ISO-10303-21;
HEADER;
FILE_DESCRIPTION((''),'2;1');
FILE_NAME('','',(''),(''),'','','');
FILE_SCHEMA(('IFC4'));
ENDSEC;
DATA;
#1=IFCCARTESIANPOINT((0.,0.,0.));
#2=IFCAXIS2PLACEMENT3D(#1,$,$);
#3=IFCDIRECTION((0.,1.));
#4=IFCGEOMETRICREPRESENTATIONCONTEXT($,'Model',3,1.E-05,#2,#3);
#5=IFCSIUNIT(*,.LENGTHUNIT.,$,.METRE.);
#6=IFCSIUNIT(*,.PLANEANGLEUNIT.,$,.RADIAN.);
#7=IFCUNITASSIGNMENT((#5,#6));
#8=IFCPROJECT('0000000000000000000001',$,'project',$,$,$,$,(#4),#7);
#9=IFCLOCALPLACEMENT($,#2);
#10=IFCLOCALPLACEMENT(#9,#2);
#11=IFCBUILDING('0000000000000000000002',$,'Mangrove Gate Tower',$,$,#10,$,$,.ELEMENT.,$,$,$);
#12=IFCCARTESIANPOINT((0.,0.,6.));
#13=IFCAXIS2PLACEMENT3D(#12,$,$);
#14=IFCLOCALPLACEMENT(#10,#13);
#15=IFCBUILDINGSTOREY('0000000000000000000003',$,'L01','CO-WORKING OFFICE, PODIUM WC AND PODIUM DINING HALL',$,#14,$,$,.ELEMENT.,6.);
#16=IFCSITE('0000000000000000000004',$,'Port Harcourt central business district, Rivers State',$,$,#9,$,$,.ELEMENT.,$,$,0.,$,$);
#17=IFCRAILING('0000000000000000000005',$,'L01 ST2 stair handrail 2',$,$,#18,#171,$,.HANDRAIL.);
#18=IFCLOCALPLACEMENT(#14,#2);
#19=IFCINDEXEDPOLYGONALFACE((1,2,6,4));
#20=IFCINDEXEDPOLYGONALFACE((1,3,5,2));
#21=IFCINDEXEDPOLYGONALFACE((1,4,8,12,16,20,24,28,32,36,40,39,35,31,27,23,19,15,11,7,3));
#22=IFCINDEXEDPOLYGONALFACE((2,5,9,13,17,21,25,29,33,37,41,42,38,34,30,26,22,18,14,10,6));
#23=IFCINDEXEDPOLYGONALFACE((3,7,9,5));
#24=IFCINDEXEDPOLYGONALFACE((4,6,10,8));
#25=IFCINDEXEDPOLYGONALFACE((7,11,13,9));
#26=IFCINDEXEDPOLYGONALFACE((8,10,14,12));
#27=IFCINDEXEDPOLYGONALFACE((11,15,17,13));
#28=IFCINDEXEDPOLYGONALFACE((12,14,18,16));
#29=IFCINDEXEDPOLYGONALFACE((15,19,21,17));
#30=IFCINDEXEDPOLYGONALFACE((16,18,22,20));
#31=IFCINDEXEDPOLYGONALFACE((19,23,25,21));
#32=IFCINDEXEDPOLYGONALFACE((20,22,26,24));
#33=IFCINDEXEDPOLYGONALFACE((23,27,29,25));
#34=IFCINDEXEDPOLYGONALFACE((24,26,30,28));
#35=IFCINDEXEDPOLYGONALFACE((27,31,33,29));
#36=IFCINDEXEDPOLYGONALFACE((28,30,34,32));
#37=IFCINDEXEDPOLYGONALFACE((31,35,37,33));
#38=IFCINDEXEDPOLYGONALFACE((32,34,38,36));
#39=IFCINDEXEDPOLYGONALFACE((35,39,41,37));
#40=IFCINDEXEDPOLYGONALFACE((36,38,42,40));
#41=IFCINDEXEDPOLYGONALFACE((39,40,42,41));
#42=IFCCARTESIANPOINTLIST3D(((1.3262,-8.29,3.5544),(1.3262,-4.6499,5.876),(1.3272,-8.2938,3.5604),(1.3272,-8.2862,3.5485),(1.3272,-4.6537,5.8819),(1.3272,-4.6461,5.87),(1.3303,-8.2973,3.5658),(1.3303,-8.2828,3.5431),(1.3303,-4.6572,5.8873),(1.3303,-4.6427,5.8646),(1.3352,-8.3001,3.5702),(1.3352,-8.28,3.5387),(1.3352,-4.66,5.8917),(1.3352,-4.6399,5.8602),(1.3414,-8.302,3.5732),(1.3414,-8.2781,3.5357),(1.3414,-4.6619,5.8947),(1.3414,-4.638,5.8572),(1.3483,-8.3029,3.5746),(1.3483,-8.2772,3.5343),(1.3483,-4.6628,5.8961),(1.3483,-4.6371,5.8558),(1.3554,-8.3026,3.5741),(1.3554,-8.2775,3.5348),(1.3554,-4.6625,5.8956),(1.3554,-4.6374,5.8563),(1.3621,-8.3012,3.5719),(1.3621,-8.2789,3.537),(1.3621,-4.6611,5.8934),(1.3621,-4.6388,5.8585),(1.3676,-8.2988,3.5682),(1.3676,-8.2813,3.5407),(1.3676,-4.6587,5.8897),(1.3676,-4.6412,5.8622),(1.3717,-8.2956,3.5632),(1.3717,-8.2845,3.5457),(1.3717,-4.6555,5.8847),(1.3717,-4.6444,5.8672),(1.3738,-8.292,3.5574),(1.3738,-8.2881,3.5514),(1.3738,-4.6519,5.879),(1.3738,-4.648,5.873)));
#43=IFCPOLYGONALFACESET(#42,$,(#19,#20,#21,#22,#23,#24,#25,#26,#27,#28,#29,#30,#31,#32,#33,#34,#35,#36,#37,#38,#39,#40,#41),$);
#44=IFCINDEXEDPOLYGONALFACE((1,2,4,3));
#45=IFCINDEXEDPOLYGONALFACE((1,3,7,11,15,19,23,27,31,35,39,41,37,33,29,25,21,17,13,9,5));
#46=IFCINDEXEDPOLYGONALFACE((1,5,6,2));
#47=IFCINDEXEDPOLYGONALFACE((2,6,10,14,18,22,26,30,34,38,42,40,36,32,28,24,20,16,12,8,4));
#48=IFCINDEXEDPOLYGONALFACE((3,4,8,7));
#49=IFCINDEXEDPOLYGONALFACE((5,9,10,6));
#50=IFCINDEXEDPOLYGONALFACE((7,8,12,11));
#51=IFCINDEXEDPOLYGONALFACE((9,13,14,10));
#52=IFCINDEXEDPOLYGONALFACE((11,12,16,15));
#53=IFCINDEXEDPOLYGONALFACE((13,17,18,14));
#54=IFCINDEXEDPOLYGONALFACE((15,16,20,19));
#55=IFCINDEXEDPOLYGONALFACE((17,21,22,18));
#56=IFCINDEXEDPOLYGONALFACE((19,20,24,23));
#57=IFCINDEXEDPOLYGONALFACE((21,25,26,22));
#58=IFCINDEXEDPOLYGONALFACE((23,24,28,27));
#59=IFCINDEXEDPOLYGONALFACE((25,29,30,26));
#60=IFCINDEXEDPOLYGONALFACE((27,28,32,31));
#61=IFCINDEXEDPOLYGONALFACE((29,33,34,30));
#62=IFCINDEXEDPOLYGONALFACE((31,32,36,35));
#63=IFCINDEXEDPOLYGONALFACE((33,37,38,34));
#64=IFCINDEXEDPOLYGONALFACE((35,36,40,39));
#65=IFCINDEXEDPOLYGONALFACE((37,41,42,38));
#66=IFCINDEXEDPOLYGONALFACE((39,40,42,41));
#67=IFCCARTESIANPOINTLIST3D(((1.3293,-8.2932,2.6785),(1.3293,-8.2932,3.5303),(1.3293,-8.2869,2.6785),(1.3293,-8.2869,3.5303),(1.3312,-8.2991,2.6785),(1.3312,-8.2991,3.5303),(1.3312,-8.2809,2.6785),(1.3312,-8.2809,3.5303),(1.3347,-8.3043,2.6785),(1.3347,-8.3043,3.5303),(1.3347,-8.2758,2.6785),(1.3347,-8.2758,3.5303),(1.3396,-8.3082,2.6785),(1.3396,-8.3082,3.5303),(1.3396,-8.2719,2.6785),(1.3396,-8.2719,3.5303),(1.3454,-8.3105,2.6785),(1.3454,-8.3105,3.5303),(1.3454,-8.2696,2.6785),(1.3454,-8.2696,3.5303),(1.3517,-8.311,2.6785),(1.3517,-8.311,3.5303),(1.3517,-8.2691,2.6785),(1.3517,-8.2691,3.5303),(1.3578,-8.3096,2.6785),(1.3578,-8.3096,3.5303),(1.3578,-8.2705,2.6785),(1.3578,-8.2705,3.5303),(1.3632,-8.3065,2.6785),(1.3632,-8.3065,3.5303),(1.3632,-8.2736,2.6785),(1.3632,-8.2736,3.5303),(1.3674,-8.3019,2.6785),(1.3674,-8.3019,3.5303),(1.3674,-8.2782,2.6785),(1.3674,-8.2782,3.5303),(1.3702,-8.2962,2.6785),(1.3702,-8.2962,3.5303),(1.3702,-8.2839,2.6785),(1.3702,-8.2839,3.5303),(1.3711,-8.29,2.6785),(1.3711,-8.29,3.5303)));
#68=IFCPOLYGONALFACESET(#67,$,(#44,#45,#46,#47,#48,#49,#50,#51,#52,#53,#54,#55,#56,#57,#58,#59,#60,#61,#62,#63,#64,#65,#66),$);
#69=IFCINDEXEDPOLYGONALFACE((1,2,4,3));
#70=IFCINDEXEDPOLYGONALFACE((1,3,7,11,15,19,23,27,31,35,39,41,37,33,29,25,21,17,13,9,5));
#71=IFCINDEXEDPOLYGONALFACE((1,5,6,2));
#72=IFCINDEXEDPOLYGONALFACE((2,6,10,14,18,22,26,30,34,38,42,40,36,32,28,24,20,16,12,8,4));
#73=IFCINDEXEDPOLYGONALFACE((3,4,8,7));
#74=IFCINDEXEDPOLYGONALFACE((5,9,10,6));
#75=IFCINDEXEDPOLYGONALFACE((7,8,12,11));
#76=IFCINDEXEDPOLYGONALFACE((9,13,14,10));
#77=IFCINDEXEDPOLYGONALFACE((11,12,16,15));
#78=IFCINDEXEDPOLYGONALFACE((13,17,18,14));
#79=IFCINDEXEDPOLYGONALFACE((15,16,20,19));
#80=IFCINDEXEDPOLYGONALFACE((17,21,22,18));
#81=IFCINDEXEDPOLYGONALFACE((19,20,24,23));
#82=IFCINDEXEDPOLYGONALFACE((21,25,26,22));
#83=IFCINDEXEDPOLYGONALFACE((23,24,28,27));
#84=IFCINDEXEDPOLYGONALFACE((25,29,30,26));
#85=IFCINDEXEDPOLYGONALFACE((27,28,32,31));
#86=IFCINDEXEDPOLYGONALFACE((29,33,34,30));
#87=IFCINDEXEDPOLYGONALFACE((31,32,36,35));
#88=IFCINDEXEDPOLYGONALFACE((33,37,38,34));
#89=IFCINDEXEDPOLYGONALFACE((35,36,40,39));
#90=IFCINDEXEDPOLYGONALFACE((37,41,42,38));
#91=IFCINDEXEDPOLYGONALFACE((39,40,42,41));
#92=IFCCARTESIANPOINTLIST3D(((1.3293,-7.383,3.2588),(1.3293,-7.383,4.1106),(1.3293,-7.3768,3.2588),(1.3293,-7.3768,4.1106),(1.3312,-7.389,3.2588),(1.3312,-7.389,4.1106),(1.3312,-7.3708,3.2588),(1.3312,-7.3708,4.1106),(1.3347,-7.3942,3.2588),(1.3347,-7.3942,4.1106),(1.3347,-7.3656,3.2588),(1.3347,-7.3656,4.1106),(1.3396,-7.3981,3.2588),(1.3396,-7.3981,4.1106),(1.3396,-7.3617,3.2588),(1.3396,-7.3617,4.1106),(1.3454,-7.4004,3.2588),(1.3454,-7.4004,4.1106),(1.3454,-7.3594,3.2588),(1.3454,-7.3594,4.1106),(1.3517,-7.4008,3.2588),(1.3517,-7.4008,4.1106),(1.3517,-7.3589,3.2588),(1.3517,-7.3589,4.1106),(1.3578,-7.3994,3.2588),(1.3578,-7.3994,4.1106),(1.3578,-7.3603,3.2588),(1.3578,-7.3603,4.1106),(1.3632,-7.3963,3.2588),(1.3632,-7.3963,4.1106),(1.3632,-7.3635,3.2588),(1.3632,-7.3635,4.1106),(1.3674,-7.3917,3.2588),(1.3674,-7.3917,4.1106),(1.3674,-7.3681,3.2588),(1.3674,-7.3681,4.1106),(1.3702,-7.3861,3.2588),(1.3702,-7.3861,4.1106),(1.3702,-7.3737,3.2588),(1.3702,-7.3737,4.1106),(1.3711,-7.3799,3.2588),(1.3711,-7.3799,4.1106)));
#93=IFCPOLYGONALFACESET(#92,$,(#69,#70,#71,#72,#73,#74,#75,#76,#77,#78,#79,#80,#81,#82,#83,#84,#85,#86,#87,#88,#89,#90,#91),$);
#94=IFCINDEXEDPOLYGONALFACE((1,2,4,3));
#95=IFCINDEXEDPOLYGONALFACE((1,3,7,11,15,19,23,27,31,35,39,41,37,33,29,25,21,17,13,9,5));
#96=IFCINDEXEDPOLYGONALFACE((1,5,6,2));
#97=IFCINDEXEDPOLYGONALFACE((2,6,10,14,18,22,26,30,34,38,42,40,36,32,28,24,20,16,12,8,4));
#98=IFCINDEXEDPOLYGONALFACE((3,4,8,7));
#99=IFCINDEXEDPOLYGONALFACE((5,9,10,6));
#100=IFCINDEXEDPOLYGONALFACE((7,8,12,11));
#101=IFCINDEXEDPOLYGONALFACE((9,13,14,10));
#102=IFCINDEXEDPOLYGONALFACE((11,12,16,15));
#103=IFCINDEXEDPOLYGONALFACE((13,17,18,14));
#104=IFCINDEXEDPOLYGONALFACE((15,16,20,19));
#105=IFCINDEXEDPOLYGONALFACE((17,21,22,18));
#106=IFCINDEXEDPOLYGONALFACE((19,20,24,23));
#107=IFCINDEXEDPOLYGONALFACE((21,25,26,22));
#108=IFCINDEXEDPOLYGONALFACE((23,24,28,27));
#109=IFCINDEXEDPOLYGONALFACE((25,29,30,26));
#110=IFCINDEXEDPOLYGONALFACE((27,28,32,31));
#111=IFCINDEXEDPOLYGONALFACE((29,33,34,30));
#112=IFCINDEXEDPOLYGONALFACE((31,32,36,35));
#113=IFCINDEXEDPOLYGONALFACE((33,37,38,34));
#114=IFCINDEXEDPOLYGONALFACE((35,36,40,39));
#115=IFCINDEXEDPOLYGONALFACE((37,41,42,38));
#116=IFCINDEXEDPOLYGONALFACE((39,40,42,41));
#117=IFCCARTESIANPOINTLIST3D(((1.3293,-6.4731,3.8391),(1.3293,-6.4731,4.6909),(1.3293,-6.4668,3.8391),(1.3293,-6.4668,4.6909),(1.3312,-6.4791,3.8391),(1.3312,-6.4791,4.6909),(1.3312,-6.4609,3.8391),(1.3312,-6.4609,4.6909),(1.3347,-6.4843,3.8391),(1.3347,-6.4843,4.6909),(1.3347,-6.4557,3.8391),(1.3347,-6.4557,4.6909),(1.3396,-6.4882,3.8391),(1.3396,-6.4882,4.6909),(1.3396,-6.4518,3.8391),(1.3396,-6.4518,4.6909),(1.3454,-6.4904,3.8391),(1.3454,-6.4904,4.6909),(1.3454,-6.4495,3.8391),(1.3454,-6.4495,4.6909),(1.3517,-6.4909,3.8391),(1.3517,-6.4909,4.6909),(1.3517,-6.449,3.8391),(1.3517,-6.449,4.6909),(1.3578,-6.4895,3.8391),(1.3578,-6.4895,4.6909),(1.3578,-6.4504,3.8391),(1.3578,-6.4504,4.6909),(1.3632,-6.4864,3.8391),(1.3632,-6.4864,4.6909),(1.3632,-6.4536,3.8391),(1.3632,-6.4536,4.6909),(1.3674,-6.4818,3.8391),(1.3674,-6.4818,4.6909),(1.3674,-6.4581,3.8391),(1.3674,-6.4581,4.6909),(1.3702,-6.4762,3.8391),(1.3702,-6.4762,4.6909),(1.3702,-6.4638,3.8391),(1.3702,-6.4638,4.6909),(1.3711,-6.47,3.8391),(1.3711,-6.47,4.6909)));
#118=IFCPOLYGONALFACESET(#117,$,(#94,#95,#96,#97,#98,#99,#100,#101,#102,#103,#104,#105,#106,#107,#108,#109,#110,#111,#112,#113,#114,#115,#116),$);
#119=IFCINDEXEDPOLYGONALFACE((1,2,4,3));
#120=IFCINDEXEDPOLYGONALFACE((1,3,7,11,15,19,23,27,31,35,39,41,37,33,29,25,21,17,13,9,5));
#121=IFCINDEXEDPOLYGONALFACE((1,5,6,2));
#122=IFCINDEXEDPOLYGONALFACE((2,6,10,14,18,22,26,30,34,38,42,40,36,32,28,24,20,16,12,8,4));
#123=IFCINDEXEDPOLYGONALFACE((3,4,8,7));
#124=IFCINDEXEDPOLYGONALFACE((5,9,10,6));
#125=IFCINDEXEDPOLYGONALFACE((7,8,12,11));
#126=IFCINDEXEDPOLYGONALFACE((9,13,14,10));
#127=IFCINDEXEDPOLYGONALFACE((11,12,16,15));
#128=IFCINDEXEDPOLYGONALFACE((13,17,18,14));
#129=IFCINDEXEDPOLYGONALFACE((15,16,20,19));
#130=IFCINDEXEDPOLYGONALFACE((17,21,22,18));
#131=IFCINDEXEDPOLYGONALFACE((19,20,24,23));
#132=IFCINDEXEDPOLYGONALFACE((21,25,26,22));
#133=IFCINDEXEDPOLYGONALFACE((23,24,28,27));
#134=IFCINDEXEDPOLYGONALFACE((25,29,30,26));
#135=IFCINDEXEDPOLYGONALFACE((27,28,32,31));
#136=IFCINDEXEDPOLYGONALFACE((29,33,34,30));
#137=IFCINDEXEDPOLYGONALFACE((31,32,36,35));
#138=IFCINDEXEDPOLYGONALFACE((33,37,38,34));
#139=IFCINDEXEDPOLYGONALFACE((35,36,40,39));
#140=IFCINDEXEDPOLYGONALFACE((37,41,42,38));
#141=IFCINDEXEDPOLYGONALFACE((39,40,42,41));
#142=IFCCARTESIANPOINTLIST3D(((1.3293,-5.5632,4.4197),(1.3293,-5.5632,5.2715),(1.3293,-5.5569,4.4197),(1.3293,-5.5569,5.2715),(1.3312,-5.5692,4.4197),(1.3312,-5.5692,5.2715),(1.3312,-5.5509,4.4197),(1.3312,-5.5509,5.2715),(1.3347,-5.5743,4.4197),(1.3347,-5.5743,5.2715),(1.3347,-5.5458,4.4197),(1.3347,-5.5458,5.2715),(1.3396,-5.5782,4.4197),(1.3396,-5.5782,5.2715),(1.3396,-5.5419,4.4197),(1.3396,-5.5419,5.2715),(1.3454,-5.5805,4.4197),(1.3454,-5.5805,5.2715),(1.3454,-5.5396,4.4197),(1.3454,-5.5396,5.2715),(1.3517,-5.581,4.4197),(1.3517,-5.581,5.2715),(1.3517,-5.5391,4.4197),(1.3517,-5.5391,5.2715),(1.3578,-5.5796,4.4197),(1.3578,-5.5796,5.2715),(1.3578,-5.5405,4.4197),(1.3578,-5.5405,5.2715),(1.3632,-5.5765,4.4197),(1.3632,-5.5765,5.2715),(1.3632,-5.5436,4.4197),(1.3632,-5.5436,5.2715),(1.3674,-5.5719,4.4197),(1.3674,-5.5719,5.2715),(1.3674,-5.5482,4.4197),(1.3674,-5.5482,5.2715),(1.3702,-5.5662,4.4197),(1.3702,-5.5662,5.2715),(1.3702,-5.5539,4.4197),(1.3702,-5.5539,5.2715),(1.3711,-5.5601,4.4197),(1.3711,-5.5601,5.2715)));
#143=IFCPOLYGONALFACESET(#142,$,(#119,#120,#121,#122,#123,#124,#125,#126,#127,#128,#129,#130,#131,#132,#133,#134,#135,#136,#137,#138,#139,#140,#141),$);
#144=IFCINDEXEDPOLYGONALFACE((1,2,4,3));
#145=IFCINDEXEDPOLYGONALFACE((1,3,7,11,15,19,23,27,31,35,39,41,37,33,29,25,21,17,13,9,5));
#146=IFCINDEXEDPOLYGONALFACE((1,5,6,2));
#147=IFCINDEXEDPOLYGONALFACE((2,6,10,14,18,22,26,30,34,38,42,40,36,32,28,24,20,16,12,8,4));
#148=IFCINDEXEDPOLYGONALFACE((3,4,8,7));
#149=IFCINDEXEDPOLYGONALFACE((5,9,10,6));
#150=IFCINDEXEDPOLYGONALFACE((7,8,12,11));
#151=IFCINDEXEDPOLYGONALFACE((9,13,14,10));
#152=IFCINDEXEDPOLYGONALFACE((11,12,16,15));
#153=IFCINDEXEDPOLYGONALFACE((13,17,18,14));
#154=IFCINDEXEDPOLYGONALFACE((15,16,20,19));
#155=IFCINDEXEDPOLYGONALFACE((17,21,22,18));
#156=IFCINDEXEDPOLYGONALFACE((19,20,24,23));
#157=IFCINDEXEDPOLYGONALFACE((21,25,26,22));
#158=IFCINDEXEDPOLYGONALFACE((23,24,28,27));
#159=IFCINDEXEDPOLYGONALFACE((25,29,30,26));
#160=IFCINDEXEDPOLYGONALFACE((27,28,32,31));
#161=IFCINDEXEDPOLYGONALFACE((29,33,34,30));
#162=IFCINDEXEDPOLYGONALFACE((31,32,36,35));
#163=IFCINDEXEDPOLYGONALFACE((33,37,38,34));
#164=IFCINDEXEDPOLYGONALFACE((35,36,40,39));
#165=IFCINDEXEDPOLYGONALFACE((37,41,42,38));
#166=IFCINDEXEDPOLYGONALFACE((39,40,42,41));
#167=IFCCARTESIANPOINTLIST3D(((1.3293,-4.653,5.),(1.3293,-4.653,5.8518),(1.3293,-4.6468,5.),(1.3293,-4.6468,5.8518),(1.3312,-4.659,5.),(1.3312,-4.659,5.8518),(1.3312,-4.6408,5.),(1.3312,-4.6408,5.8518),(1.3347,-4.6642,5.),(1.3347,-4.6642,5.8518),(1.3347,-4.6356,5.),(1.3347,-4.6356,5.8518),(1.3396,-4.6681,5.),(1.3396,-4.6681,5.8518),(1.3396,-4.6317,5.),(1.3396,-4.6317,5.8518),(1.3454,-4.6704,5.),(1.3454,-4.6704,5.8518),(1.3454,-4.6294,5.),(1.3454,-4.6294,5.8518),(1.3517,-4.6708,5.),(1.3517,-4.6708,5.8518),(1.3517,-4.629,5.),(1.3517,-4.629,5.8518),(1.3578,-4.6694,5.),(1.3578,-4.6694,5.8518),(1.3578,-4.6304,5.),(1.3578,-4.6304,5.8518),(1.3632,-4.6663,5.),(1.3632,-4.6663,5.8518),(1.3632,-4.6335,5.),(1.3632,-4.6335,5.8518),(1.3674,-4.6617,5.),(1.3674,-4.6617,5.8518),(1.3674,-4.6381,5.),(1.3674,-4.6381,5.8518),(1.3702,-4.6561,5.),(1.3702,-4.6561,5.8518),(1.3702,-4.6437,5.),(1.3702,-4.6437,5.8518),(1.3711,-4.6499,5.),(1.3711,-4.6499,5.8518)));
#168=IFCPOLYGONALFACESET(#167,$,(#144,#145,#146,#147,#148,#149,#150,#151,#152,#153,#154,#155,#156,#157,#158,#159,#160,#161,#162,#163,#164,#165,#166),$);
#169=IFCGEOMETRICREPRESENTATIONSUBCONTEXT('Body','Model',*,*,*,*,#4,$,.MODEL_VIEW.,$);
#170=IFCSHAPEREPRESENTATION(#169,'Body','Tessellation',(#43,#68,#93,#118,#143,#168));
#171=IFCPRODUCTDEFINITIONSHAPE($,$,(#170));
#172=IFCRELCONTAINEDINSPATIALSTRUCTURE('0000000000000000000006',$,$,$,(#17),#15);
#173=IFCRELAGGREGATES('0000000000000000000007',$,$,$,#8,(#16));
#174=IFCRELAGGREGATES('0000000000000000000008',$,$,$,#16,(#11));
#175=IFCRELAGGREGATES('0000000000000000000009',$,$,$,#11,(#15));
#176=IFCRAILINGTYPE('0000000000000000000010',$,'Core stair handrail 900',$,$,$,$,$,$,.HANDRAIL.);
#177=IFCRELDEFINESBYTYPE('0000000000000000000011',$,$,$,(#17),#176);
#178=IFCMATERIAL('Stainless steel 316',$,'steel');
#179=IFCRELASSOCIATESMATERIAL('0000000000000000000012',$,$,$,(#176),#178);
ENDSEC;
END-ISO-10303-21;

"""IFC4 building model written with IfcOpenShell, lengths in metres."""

from ifc_helpers import new_model, si_unit, direction, frame, origin, origin_2d, place, context, subcontext, project, spatial, circle, extrude, material, type_object, element, save


model = new_model("IFC4")

# Units and contexts
model_context = context("Model", 3, precision=1e-05, world=origin(), true_north=direction((0.0, 1.0)))
body_context = subcontext(model_context, "Body", "Model", "MODEL_VIEW")
ifc_project = project(units=[si_unit("LENGTHUNIT", "METRE"), si_unit("PLANEANGLEUNIT", "RADIAN")], contexts=[model_context])

# Site, building, storey
site_placement = place(None, origin())
site = spatial("IfcSite", under=ifc_project, at=site_placement, Name="Port Harcourt central business district, Rivers State", CompositionType="ELEMENT", RefElevation=0.0)
building_placement = place(site_placement, origin())
building = spatial("IfcBuilding", under=site, at=building_placement, Name="Mangrove Gate Tower", CompositionType="ELEMENT")
storey_placement = place(building_placement, frame((0.0, 0.0, 6.0)))
storey = spatial("IfcBuildingStorey", under=building, at=storey_placement, Name="L01", Description="CO-WORKING OFFICE, PODIUM WC AND PODIUM DINING HALL", CompositionType="ELEMENT", Elevation=6.0)

# Railing
ifc_material_1 = material(Name="Stainless steel 316", Category="steel")
railing_type_1 = type_object("IfcRailingType", Name="Core stair handrail 900", PredefinedType="HANDRAIL", material=ifc_material_1)
for number, where, name in (
    (1, (1.3501, -8.29, 2.6785), "L01 ST2 stair handrail 2"),
):
    element("IfcRailing", number, at=place(storey_placement, frame(where)), inside=storey, type_object=railing_type_1, Name=name, PredefinedType="HANDRAIL", context=body_context, shape_type="SweptSolid", body=[
        extrude(circle(Radius=0.0239, at=origin_2d()), frame((0.0, 0.0, 0.876), z_axis=(0.0, 0.843128, 0.537713), x_axis=(-1.0, 0.0, 0.0)), (0.0, 0.0, 1.0), 4.3174),
        extrude(circle(Radius=0.021, at=origin_2d()), origin(), (0.0, 0.0, 1.0), 0.8518),
        extrude(circle(Radius=0.021, at=origin_2d()), frame((0.0, 0.9102, 0.5803)), (0.0, 0.0, 1.0), 0.8518),
        extrude(circle(Radius=0.021, at=origin_2d()), frame((0.0, 1.8201, 1.1606)), (0.0, 0.0, 1.0), 0.8518),
        extrude(circle(Radius=0.021, at=origin_2d()), frame((0.0, 2.73, 1.7412)), (0.0, 0.0, 1.0), 0.8518),
        extrude(circle(Radius=0.021, at=origin_2d()), frame((0.0, 3.6401, 2.3215)), (0.0, 0.0, 1.0), 0.8518),
    ])

save(model, "model.ifc")
